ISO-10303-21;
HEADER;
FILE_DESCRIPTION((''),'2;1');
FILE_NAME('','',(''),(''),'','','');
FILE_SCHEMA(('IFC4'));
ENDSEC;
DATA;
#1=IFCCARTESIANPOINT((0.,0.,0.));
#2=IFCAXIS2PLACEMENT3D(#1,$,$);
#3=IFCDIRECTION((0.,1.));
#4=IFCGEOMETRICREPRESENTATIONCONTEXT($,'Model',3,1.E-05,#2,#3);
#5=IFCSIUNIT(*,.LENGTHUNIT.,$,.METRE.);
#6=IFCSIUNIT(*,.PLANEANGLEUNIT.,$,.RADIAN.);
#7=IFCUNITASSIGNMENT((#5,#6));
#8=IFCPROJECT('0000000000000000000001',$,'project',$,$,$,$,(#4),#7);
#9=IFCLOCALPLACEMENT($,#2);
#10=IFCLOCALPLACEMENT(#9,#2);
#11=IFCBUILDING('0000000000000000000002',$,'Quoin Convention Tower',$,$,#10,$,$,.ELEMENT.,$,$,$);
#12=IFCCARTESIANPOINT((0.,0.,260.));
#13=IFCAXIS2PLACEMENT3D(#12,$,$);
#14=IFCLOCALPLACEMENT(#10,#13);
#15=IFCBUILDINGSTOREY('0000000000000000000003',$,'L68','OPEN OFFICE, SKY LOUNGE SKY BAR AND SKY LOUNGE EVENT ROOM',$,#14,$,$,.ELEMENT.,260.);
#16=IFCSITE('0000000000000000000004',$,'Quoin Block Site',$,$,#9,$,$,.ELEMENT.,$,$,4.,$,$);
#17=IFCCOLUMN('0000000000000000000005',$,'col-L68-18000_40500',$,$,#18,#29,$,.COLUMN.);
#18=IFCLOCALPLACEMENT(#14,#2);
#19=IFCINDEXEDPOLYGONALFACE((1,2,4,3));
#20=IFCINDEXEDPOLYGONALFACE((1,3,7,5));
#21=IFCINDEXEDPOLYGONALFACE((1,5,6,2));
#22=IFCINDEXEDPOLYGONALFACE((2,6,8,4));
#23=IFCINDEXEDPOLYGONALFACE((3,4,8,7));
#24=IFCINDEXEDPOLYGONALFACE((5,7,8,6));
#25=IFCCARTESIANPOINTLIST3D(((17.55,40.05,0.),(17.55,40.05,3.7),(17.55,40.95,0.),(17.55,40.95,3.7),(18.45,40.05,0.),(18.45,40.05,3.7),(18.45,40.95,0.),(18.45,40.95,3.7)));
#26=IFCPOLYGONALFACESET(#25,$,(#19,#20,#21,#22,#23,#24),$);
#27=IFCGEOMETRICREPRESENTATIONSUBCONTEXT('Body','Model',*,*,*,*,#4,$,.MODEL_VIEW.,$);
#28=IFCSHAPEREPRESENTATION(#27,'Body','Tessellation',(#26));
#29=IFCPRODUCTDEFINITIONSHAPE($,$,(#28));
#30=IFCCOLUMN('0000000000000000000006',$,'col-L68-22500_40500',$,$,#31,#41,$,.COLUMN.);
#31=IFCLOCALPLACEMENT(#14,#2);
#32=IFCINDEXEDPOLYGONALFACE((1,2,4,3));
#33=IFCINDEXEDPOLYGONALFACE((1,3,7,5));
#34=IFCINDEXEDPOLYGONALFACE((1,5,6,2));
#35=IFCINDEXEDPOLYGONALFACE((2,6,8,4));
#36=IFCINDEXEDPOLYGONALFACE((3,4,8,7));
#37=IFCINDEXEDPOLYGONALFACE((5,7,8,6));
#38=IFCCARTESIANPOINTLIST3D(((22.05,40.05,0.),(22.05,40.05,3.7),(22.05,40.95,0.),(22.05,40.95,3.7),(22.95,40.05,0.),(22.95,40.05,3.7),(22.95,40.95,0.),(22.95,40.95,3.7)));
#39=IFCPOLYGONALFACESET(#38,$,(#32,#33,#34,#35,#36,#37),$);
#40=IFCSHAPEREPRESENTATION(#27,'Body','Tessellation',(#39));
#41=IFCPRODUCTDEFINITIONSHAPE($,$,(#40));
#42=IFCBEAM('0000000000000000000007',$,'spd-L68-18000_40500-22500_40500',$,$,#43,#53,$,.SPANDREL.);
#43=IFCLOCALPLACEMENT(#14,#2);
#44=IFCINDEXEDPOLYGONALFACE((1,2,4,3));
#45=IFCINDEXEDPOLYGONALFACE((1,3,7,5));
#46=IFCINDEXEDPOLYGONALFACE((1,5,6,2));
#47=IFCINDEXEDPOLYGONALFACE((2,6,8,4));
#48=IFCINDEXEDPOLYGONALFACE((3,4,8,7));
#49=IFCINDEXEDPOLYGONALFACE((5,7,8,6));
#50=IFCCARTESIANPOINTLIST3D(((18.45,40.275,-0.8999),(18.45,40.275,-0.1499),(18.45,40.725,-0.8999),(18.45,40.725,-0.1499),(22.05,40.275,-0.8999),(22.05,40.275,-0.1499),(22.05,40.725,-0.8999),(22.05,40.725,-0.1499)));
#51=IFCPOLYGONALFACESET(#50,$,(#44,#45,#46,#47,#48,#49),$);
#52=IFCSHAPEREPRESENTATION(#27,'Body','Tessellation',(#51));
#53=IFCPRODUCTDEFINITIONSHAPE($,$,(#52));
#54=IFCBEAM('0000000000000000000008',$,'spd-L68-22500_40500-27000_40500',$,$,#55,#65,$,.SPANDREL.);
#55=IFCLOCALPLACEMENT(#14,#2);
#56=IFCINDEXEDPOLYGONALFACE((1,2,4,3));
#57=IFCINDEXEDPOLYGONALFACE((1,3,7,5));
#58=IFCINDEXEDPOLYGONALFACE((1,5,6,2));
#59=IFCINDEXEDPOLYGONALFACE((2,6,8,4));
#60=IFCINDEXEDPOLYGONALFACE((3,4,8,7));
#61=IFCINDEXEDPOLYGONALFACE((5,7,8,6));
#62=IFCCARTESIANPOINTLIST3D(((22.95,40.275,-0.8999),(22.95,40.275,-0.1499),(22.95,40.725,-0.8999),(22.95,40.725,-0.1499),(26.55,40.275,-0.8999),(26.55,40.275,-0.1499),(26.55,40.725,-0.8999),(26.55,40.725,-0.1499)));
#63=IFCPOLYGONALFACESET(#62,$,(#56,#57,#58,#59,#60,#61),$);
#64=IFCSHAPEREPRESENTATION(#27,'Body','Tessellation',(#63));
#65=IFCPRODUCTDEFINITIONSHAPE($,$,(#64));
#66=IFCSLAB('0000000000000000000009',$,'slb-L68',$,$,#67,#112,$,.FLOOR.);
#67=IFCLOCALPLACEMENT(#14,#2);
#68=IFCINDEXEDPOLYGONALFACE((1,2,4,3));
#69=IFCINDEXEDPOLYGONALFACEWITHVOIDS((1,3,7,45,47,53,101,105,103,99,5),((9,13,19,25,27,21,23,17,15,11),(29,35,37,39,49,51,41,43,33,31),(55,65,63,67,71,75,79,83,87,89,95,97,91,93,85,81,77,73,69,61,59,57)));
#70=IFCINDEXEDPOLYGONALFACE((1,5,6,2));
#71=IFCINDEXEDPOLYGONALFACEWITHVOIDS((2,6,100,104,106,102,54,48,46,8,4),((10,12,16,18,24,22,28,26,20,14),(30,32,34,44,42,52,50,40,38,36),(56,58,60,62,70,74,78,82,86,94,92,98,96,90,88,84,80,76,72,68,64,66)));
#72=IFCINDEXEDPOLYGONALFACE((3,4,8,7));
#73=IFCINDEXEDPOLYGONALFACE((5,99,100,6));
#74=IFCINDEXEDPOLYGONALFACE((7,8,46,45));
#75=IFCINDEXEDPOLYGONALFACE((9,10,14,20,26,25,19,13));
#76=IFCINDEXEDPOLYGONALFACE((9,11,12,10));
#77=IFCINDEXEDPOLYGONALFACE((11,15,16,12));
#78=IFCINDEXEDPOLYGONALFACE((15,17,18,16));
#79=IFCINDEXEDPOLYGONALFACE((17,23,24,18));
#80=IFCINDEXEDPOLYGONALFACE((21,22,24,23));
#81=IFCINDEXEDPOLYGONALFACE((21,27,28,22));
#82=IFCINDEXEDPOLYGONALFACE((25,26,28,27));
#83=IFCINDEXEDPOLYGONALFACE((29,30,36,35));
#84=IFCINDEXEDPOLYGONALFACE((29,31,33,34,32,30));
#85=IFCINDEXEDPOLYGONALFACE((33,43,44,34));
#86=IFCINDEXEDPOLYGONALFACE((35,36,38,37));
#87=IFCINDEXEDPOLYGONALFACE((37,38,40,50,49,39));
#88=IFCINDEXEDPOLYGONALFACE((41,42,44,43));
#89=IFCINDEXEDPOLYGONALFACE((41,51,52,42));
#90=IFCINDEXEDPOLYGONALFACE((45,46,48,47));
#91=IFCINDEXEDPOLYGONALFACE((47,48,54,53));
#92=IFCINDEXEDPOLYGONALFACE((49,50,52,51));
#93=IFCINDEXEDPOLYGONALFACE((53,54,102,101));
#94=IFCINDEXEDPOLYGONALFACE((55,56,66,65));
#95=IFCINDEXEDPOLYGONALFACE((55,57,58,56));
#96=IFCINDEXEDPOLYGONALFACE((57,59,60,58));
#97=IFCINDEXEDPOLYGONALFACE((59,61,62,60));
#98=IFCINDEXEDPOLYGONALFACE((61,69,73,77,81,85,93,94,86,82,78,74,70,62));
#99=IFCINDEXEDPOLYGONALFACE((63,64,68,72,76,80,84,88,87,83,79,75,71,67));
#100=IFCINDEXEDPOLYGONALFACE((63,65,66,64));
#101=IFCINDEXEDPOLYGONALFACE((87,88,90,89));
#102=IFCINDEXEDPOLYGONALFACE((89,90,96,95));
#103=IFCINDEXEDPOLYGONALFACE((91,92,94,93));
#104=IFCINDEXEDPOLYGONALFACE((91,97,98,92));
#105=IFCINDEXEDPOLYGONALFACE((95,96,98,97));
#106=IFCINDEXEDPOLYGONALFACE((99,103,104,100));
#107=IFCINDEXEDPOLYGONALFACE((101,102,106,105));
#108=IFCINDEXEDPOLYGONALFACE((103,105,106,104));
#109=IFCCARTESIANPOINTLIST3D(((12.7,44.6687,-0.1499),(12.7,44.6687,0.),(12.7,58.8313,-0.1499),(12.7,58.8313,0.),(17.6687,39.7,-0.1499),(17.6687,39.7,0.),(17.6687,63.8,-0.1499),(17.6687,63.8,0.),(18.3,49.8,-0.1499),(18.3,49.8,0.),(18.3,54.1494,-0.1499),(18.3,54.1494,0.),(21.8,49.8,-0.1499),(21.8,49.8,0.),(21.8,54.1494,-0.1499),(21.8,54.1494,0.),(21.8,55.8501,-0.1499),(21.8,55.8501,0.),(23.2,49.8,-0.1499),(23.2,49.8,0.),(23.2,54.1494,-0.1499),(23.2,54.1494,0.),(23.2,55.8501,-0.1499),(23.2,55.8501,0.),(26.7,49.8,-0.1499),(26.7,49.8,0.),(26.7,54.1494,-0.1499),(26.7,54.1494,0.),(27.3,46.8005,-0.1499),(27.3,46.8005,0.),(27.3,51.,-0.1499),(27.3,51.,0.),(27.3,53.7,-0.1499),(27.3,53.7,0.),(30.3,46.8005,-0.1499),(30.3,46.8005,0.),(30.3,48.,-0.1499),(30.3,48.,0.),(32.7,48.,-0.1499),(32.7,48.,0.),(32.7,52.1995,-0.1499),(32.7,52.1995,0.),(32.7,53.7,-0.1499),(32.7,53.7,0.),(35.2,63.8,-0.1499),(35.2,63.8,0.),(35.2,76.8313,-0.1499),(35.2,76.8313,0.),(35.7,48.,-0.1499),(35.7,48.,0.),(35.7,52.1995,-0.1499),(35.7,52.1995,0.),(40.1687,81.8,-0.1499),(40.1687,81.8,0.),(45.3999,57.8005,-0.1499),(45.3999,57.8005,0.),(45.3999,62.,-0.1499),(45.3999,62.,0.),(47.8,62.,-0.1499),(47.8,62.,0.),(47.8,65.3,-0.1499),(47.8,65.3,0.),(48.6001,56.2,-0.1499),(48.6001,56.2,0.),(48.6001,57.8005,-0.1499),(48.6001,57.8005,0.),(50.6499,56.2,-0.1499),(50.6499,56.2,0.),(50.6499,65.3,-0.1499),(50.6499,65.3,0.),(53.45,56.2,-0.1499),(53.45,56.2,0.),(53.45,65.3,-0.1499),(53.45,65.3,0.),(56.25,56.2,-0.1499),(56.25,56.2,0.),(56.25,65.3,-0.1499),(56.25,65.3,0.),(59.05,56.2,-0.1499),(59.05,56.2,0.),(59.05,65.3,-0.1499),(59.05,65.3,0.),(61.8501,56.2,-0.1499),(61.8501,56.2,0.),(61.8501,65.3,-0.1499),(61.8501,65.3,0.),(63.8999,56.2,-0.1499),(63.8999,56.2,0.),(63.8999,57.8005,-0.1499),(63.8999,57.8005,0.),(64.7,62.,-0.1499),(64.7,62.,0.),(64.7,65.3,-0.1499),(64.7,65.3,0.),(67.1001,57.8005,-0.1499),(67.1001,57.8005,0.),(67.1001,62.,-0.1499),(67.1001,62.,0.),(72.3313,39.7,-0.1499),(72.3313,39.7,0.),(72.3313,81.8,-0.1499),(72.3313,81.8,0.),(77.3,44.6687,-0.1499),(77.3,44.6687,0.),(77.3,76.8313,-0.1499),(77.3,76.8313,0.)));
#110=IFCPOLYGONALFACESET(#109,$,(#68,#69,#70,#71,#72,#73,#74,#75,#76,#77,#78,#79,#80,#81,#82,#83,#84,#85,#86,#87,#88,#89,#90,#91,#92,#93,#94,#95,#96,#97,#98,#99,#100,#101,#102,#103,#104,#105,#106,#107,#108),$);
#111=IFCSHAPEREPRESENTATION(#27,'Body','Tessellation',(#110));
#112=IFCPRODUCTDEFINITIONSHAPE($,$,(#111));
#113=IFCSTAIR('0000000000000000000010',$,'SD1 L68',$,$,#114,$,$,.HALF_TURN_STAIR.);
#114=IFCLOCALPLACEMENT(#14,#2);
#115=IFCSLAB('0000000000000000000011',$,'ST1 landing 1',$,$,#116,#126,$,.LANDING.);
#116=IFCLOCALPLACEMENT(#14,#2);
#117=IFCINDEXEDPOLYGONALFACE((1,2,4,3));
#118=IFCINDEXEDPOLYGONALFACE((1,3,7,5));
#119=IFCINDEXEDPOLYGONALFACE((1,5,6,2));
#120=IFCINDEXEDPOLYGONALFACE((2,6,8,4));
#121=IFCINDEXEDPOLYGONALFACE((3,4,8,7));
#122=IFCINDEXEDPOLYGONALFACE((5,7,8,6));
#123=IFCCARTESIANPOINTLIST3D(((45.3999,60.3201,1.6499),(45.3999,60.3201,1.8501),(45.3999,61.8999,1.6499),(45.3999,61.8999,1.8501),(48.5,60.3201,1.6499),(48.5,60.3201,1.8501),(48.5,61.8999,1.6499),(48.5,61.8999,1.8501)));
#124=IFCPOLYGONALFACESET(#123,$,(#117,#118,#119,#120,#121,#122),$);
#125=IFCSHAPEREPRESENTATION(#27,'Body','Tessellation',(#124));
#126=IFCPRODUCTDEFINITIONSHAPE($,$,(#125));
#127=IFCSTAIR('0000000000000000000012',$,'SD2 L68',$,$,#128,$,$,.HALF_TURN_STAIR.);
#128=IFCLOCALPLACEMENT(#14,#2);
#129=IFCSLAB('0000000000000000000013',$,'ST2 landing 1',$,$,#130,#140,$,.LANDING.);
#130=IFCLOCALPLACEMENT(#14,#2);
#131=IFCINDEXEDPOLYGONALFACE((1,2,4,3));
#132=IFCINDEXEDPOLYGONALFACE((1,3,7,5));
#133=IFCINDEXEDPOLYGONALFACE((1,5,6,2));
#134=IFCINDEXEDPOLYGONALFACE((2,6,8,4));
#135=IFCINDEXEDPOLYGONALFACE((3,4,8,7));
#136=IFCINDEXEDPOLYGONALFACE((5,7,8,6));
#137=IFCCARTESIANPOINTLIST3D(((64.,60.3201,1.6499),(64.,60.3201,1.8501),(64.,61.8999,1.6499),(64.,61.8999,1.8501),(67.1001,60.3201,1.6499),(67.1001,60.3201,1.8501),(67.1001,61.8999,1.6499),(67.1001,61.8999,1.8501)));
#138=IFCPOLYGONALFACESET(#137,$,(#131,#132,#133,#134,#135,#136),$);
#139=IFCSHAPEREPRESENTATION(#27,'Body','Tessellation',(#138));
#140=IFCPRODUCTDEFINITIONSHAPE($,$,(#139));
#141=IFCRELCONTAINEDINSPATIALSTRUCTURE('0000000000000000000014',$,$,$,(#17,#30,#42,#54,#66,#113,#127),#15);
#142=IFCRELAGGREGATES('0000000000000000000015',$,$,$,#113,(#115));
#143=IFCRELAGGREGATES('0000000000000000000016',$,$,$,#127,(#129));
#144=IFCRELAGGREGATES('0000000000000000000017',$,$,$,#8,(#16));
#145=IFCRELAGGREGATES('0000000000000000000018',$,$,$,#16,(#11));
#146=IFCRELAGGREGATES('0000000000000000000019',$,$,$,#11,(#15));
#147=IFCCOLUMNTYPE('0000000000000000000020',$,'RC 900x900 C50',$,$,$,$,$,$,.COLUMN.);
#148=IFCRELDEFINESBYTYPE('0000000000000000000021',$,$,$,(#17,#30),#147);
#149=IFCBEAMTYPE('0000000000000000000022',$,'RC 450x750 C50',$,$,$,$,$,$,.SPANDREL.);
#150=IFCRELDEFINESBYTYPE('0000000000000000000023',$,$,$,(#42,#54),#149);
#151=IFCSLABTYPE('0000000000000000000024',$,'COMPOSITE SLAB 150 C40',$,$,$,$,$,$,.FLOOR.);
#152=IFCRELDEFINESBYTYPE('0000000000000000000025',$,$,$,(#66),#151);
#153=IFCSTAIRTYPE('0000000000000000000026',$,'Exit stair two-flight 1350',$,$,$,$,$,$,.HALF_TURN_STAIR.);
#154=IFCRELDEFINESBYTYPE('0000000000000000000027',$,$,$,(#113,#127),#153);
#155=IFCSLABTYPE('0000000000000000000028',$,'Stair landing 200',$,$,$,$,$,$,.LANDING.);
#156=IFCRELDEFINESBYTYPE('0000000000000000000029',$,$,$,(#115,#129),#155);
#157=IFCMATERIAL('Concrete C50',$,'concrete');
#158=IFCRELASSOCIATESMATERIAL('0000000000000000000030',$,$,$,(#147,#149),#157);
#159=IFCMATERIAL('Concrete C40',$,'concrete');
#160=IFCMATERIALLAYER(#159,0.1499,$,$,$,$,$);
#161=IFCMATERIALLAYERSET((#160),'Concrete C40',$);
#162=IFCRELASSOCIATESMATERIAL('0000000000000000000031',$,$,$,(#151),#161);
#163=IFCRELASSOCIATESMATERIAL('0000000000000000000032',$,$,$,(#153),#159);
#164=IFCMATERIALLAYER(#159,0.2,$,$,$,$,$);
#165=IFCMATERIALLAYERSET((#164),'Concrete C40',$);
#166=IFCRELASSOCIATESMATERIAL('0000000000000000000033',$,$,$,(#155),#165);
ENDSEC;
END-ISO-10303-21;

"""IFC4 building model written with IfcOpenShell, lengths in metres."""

from ifc_helpers import new_model, si_unit, direction, frame, origin, origin_2d, place, context, subcontext, project, spatial, polyline, rectangle, outline, extrude, material, layer, layer_set, material_profile, profile_set, type_object, element, aggregate, save


model = new_model("IFC4")

# Units and contexts
model_context = context("Model", 3, precision=1e-05, world=origin(), true_north=direction((0.0, 1.0)))
body_context = subcontext(model_context, "Body", "Model", "MODEL_VIEW")
ifc_project = project(units=[si_unit("LENGTHUNIT", "METRE"), si_unit("PLANEANGLEUNIT", "RADIAN")], contexts=[model_context])

# Site, building, storey
site_placement = place(None, origin())
site = spatial("IfcSite", under=ifc_project, at=site_placement, Name="Quoin Block Site", CompositionType="ELEMENT", RefElevation=4.0)
building_placement = place(site_placement, origin())
building = spatial("IfcBuilding", under=site, at=building_placement, Name="Quoin Convention Tower", CompositionType="ELEMENT")
storey_placement = place(building_placement, frame((0.0, 0.0, 260.0)))
storey = spatial("IfcBuildingStorey", under=building, at=storey_placement, Name="L68", Description="OPEN OFFICE, SKY LOUNGE SKY BAR AND SKY LOUNGE EVENT ROOM", CompositionType="ELEMENT", Elevation=260.0)

# Columns
ifc_material_1 = material(Name="Concrete C50", Category="concrete")
ifc_material_profile_1 = material_profile(ifc_material_1, rectangle(XDim=0.8999, YDim=0.8999, at=origin_2d()), Name="RC 900x900")
ifc_profile_set_1 = profile_set([ifc_material_profile_1], Name="Concrete C50")
column_type = type_object("IfcColumnType", Name="RC 900x900 C50", PredefinedType="COLUMN", material=ifc_profile_set_1)
for number, where, z_axis, x_axis, name in (
    (1, (18.0, 40.5, 0.0), (0.0, 0.0, 1.0), (1.0, 0.0, 0.0), "col-L68-18000_40500"),
    (2, (22.5, 40.5, 0.0), (0.0, 0.0, 1.0), (1.0, 0.0, 0.0), "col-L68-22500_40500"),
):
    element("IfcColumn", number, at=place(storey_placement, frame(where, z_axis=z_axis, x_axis=x_axis)), inside=storey, type_object=column_type, Name=name, PredefinedType="COLUMN", context=body_context, shape_type="SweptSolid", body=[
        extrude(rectangle(XDim=0.8999, YDim=0.8999, at=origin_2d()), origin(), (0.0, 0.0, 1.0), 3.7),
    ])

# Beams
ifc_material_profile_2 = material_profile(ifc_material_1, rectangle(XDim=0.45, YDim=0.75, at=origin_2d()), Name="RC 450x750")
ifc_profile_set_2 = profile_set([ifc_material_profile_2], Name="Concrete C50")
beam_type = type_object("IfcBeamType", Name="RC 450x750 C50", PredefinedType="SPANDREL", material=ifc_profile_set_2)
for number, where, z_axis, x_axis, name in (
    (3, (18.45, 40.5, -0.5249), (1.0, 0.0, 0.0), (0.0, 1.0, 0.0), "spd-L68-18000_40500-22500_40500"),
    (4, (22.95, 40.5, -0.5249), (1.0, 0.0, 0.0), (0.0, 1.0, 0.0), "spd-L68-22500_40500-27000_40500"),
):
    element("IfcBeam", number, at=place(storey_placement, frame(where, z_axis=z_axis, x_axis=x_axis)), inside=storey, type_object=beam_type, Name=name, PredefinedType="SPANDREL", context=body_context, shape_type="SweptSolid", body=[
        extrude(rectangle(XDim=0.45, YDim=0.75, at=origin_2d()), origin(), (0.0, 0.0, 1.0), 3.6001),
    ])

# Slab
ifc_material_2 = material(Name="Concrete C40", Category="concrete")
ifc_layer_1 = layer(ifc_material_2, 0.1499)
ifc_layer_set_1 = layer_set([ifc_layer_1], Name="Concrete C40")
slab_type_1 = type_object("IfcSlabType", Name="COMPOSITE SLAB 150 C40", PredefinedType="FLOOR", material=ifc_layer_set_1)
slab_1_placement = place(storey_placement, frame((0.0, 0.0, -0.1499)))
element("IfcSlab", 5, at=slab_1_placement, inside=storey, type_object=slab_type_1, Name="slb-L68", PredefinedType="FLOOR", context=body_context, shape_type="SweptSolid", body=[
    extrude(outline(polyline([(17.6687, 39.7), (12.7, 44.6687), (12.7, 58.8313), (17.6687, 63.8), (35.2, 63.8), (35.2, 76.8313), (40.1687, 81.8), (72.3313, 81.8), (77.3, 76.8313), (77.3, 44.6687), (72.3313, 39.7), (17.6687, 39.7)]), holes=[polyline([(27.3, 51.0), (27.3, 46.8005), (30.3, 46.8005), (30.3, 48.0), (32.7, 48.0), (35.7, 48.0), (35.7, 52.1995), (32.7, 52.1995), (32.7, 53.7), (27.3, 53.7), (27.3, 51.0)]), polyline([(18.3, 49.8), (21.8, 49.8), (23.2, 49.8), (26.7, 49.8), (26.7, 54.1494), (23.2, 54.1494), (23.2, 55.8501), (21.8, 55.8501), (21.8, 54.1494), (18.3, 54.1494), (18.3, 49.8)]), polyline([(48.6001, 56.2), (50.6499, 56.2), (53.45, 56.2), (56.25, 56.2), (59.05, 56.2), (61.8501, 56.2), (63.8999, 56.2), (63.8999, 57.8005), (67.1001, 57.8005), (67.1001, 62.0), (64.7, 62.0), (64.7, 65.3), (61.8501, 65.3), (59.05, 65.3), (56.25, 65.3), (53.45, 65.3), (50.6499, 65.3), (47.8, 65.3), (47.8, 62.0), (45.3999, 62.0), (45.3999, 57.8005), (48.6001, 57.8005), (48.6001, 56.2)])]), origin(), (0.0, 0.0, 1.0), 0.1499),
])

# Stairs, slabs
stair_type = type_object("IfcStairType", Name="Exit stair two-flight 1350", PredefinedType="HALF_TURN_STAIR", material=ifc_material_2)
stair_1_placement = place(storey_placement, origin())
stair_1 = element("IfcStair", 6, at=stair_1_placement, inside=storey, type_object=stair_type, Name="SD1 L68", PredefinedType="HALF_TURN_STAIR")
ifc_layer_2 = layer(ifc_material_2, 0.2)
ifc_layer_set_2 = layer_set([ifc_layer_2], Name="Concrete C40")
slab_type_2 = type_object("IfcSlabType", Name="Stair landing 200", PredefinedType="LANDING", material=ifc_layer_set_2)
slab_2_placement = place(storey_placement, frame((0.0, 0.0, 1.6499)))
slab_2 = element("IfcSlab", 7, at=slab_2_placement, type_object=slab_type_2, Name="ST1 landing 1", PredefinedType="LANDING", context=body_context, shape_type="SweptSolid", body=[
    extrude(outline(polyline([(45.3999, 60.3201), (48.5, 60.3201), (48.5, 61.8999), (45.3999, 61.8999), (45.3999, 60.3201)])), origin(), (0.0, 0.0, 1.0), 0.2002),
])
aggregate(stair_1, [slab_2])
stair_2_placement = place(storey_placement, origin())
stair_2 = element("IfcStair", 8, at=stair_2_placement, inside=storey, type_object=stair_type, Name="SD2 L68", PredefinedType="HALF_TURN_STAIR")
slab_3_placement = place(storey_placement, frame((0.0, 0.0, 1.6499)))
slab_3 = element("IfcSlab", 9, at=slab_3_placement, type_object=slab_type_2, Name="ST2 landing 1", PredefinedType="LANDING", context=body_context, shape_type="SweptSolid", body=[
    extrude(outline(polyline([(64.0, 60.3201), (67.1001, 60.3201), (67.1001, 61.8999), (64.0, 61.8999), (64.0, 60.3201)])), origin(), (0.0, 0.0, 1.0), 0.2002),
])
aggregate(stair_2, [slab_3])

save(model, "model.ifc")
